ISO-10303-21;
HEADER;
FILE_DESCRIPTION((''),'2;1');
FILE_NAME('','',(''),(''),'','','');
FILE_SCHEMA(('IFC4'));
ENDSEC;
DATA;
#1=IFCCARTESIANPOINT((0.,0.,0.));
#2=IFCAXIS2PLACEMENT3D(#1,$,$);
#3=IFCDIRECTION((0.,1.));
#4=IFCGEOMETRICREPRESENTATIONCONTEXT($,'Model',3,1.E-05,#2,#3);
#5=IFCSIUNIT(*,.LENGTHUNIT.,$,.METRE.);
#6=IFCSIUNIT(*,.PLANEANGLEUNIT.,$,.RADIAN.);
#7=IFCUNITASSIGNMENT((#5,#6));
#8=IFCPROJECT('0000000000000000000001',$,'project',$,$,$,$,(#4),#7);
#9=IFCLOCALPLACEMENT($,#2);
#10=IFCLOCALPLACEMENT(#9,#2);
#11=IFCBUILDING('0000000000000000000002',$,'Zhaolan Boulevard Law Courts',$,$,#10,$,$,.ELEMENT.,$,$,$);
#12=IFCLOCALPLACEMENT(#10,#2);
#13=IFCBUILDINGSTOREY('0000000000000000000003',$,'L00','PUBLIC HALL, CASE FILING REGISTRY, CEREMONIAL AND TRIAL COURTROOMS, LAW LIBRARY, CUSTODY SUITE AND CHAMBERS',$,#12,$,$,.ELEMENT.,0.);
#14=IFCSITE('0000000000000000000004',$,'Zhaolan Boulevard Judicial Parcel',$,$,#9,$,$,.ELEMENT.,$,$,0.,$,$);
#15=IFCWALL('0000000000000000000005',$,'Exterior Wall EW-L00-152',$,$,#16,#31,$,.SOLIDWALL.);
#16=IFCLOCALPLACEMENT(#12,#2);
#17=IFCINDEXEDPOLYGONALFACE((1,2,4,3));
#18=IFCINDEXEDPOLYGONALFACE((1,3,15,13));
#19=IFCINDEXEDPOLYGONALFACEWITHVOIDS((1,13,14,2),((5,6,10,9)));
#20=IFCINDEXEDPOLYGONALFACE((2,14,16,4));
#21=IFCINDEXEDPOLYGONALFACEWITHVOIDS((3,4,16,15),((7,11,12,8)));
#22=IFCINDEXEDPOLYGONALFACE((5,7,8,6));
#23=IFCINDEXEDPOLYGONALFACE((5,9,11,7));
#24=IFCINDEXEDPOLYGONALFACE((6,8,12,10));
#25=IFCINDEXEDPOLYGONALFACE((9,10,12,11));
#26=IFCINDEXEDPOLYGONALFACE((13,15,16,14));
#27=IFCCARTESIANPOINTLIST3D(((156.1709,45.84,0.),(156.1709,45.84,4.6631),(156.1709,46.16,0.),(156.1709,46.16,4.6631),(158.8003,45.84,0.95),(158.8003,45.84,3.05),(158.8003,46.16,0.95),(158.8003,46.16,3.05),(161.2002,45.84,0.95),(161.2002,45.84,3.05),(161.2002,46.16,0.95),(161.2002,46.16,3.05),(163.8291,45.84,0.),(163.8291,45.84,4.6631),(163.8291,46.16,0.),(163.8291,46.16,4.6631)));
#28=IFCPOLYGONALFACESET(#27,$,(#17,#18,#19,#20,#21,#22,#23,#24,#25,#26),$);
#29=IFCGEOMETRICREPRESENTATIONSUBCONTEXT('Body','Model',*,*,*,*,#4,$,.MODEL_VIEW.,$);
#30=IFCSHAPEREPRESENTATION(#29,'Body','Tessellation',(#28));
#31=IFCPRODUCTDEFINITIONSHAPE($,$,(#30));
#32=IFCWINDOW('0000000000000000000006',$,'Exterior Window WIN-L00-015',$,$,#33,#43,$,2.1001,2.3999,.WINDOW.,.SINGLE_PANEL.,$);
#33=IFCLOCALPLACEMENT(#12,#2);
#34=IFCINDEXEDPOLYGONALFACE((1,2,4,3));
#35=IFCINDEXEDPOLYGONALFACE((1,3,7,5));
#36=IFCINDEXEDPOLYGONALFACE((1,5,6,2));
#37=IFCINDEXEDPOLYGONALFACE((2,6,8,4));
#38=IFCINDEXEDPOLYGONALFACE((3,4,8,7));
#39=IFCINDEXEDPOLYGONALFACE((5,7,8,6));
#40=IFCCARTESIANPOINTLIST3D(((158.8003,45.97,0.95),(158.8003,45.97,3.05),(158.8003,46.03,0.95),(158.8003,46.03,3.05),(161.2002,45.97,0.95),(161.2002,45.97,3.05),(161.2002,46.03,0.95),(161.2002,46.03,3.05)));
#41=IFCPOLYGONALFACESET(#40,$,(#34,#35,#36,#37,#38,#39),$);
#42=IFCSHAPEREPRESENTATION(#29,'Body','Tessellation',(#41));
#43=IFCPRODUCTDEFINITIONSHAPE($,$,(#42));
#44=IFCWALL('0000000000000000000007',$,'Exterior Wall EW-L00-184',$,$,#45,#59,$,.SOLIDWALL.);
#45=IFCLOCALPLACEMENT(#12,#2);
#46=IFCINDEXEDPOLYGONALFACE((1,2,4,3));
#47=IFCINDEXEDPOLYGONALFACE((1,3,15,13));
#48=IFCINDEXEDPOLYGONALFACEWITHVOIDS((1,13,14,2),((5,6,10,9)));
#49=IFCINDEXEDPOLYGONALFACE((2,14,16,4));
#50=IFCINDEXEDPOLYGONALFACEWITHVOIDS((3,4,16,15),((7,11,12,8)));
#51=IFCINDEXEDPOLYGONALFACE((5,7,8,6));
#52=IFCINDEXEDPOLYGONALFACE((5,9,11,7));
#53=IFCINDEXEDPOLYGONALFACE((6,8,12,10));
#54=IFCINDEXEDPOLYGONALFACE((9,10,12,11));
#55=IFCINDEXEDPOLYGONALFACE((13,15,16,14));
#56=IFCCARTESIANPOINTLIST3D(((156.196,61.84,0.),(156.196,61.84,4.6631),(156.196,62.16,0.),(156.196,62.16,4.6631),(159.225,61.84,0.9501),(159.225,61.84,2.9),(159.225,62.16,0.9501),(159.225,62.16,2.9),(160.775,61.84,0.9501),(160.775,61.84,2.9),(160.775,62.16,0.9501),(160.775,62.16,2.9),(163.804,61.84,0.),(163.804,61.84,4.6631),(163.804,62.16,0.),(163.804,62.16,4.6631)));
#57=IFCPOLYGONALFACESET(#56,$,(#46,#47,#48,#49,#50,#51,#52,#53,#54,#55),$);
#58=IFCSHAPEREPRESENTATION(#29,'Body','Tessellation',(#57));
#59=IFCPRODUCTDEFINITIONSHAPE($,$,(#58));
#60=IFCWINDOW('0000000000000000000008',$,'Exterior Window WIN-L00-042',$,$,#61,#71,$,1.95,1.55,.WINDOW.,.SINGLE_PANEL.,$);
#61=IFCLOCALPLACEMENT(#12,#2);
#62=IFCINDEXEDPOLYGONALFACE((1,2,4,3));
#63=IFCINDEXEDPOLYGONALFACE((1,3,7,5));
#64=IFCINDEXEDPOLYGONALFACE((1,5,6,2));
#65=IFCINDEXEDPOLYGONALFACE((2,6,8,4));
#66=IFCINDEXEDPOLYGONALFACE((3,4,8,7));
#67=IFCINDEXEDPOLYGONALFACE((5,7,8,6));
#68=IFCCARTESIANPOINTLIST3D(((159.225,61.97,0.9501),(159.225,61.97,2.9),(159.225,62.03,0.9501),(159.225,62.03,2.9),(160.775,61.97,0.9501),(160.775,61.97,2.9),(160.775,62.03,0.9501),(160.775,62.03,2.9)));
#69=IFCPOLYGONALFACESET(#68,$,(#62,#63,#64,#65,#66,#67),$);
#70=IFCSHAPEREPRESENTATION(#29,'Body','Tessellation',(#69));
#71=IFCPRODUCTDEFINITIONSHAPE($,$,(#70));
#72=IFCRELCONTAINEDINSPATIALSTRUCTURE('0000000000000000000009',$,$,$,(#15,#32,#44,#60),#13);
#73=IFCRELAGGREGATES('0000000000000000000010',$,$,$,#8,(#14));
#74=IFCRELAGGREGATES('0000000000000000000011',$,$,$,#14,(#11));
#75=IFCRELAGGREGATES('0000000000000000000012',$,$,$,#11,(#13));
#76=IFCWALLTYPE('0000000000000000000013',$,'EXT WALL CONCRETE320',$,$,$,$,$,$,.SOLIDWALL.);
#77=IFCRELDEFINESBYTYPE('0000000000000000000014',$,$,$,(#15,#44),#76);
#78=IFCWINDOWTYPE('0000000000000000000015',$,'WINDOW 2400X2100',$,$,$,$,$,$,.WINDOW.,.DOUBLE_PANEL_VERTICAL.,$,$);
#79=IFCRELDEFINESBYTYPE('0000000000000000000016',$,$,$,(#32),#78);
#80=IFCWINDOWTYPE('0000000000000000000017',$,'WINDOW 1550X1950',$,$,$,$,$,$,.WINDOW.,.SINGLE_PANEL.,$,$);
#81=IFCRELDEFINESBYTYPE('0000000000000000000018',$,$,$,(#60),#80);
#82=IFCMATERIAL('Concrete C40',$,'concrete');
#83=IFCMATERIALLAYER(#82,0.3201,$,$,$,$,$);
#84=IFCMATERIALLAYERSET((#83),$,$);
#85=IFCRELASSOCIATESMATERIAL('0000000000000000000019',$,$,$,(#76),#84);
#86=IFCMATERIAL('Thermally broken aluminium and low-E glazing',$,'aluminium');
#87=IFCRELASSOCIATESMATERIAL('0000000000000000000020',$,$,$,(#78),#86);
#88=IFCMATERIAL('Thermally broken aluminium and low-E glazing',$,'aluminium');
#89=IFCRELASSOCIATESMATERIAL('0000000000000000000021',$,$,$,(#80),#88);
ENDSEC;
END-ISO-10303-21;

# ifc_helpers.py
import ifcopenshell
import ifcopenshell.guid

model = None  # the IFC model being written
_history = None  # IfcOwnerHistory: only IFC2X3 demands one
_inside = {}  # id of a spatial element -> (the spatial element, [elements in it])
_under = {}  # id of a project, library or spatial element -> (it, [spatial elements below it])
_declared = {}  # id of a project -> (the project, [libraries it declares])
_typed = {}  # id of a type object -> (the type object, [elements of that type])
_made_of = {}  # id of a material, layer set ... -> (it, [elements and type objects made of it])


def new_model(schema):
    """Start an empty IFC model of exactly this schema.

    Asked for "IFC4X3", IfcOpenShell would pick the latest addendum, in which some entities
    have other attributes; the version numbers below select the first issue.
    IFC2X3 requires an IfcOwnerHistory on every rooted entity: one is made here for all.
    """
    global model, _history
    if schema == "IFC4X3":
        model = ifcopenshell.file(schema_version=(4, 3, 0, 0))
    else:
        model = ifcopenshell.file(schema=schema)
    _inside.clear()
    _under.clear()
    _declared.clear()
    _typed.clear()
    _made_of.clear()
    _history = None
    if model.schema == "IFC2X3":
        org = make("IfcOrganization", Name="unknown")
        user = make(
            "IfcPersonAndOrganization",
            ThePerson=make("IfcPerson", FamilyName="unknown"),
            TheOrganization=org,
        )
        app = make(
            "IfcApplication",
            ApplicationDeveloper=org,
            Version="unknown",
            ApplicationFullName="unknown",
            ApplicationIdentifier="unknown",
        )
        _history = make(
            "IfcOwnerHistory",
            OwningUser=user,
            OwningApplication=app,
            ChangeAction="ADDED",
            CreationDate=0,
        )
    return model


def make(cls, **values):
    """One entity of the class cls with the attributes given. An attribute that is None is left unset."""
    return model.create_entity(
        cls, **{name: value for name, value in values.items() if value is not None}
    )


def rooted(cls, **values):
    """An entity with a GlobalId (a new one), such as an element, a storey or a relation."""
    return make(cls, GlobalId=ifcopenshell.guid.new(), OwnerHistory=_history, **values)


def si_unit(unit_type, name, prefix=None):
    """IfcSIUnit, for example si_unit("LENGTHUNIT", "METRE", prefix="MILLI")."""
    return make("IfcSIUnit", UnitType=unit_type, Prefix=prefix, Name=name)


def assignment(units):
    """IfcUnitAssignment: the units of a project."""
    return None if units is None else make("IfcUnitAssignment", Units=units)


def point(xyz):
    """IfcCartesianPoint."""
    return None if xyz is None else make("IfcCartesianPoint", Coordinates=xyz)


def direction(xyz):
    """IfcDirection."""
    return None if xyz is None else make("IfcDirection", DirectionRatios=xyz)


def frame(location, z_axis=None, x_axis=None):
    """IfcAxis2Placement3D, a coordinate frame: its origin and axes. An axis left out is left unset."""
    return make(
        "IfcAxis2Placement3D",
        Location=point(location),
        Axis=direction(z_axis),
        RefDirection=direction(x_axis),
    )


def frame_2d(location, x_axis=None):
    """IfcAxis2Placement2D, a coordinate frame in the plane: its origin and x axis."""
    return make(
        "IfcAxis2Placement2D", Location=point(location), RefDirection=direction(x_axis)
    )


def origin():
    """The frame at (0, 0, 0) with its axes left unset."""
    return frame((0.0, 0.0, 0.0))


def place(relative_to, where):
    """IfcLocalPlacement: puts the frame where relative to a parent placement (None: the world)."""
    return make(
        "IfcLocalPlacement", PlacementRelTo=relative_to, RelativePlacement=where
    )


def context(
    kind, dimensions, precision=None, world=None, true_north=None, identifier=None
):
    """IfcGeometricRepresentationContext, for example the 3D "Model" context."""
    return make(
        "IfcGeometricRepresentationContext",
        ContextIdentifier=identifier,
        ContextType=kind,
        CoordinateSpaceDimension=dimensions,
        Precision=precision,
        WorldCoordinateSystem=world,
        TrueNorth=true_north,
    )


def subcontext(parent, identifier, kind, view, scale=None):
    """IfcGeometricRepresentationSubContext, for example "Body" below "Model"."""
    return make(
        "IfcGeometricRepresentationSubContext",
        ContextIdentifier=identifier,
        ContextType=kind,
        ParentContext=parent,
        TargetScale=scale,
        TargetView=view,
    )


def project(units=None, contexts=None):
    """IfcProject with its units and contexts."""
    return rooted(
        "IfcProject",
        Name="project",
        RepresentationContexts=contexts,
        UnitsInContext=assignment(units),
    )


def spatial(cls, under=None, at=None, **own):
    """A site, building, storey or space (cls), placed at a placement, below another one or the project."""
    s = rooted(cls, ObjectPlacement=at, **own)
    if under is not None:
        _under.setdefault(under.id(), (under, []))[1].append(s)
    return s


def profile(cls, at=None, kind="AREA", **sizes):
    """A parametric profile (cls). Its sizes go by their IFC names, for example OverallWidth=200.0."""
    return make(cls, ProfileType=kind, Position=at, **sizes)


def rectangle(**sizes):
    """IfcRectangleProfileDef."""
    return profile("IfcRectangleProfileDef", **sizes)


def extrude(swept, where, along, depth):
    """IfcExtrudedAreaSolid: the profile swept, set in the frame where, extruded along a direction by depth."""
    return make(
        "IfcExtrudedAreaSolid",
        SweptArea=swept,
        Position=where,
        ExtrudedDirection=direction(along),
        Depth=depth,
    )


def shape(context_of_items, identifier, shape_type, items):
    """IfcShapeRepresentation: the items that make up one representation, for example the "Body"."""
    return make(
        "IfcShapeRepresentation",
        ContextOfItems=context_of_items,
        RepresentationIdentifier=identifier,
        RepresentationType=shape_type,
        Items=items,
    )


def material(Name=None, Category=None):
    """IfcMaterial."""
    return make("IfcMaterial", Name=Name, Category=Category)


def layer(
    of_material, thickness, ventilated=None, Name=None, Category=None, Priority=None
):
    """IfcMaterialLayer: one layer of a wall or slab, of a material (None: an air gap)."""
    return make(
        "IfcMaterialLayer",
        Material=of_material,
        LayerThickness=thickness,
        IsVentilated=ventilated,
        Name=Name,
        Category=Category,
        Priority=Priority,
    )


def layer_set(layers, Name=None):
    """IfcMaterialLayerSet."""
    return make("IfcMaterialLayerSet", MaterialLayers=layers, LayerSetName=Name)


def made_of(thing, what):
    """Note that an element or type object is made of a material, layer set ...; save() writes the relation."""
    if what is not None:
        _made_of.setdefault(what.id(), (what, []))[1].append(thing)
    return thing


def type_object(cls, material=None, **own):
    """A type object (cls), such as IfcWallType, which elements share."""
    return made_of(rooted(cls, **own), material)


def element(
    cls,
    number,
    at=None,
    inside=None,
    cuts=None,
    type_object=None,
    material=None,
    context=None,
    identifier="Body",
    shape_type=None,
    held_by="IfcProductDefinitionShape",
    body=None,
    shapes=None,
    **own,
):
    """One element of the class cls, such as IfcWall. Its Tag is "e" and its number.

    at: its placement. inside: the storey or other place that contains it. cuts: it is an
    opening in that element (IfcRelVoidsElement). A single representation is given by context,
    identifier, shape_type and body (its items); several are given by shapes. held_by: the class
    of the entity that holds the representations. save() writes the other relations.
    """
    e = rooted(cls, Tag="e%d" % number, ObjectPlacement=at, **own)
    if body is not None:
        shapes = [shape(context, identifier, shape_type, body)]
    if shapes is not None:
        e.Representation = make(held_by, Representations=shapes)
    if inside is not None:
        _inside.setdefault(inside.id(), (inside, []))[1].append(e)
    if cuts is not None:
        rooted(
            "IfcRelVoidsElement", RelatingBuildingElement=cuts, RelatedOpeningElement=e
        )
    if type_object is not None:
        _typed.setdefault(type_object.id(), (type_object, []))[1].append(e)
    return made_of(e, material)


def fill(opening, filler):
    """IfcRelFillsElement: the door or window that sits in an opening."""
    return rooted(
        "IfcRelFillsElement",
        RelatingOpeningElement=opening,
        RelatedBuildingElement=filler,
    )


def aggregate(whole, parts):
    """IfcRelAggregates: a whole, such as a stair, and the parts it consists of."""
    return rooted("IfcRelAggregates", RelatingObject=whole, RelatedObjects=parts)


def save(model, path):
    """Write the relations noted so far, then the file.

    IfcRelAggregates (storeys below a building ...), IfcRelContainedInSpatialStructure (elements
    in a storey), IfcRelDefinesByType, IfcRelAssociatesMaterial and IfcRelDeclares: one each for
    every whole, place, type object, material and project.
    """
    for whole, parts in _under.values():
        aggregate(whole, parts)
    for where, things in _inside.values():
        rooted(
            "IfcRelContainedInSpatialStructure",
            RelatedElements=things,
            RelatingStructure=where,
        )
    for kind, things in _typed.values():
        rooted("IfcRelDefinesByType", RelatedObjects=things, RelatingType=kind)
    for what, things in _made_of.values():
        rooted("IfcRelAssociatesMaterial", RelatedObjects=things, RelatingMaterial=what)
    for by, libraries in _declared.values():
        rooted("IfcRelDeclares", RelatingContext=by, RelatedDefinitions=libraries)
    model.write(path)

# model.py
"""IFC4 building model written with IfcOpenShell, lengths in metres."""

from ifc_helpers import new_model, si_unit, direction, frame, frame_2d, origin, place, context, subcontext, project, spatial, rectangle, extrude, material, layer, layer_set, type_object, element, fill, save


model = new_model("IFC4")

# Units and contexts
model_context = context("Model", 3, precision=1e-05, world=origin(), true_north=direction((0.0, 1.0)))
body_context = subcontext(model_context, "Body", "Model", "MODEL_VIEW")
ifc_project = project(units=[si_unit("LENGTHUNIT", "METRE"), si_unit("PLANEANGLEUNIT", "RADIAN")], contexts=[model_context])

# Site, building, storey
site_placement = place(None, origin())
site = spatial("IfcSite", under=ifc_project, at=site_placement, Name="Zhaolan Boulevard Judicial Parcel", CompositionType="ELEMENT", RefElevation=0.0)
building_placement = place(site_placement, origin())
building = spatial("IfcBuilding", under=site, at=building_placement, Name="Zhaolan Boulevard Law Courts", CompositionType="ELEMENT")
storey_placement = place(building_placement, origin())
storey = spatial("IfcBuildingStorey", under=building, at=storey_placement, Name="L00", Description="PUBLIC HALL, CASE FILING REGISTRY, CEREMONIAL AND TRIAL COURTROOMS, LAW LIBRARY, CUSTODY SUITE AND CHAMBERS", CompositionType="ELEMENT", Elevation=0.0)

# Walls, openings, windows
ifc_material_1 = material(Name="Concrete C40", Category="concrete")
ifc_layer_1 = layer(ifc_material_1, 0.3201)
ifc_layer_set_1 = layer_set([ifc_layer_1])
wall_type_1 = type_object("IfcWallType", Name="EXT WALL CONCRETE320", PredefinedType="SOLIDWALL", material=ifc_layer_set_1)
wall_1_placement = place(storey_placement, frame((163.8291, 46.0, 0.0), z_axis=(0.0, 0.0, 1.0), x_axis=(-1.0, 0.0, 0.0)))
wall_1 = element("IfcWall", 1, at=wall_1_placement, inside=storey, type_object=wall_type_1, Name="Exterior Wall EW-L00-152", PredefinedType="SOLIDWALL", context=body_context, shape_type="SweptSolid", body=[
    extrude(rectangle(XDim=7.6582, YDim=0.3201, at=frame_2d((3.8291, 0.0))), origin(), (0.0, 0.0, 1.0), 4.6631),
])
opening_1_placement = place(wall_1_placement, frame((2.6289, 0.0, 0.95)))
opening_1 = element("IfcOpeningElement", 2, at=opening_1_placement, cuts=wall_1, PredefinedType="OPENING", context=body_context, shape_type="SweptSolid", body=[
    extrude(rectangle(XDim=2.3999, YDim=2.1001, at=frame_2d((1.2, 1.05))), frame((0.0, 0.1699, 0.0), z_axis=(0.0, -1.0, 0.0), x_axis=(1.0, 0.0, 0.0)), (0.0, 0.0, 1.0), 0.3401),
])
ifc_material_2 = material(Name="Thermally broken aluminium and low-E glazing", Category="aluminium")
window_type_1 = type_object("IfcWindowType", Name="WINDOW 2400X2100", PartitioningType="DOUBLE_PANEL_VERTICAL", PredefinedType="WINDOW", material=ifc_material_2)
window_1_placement = place(opening_1_placement, origin())
window_1 = element("IfcWindow", 3, at=window_1_placement, inside=storey, type_object=window_type_1, Name="Exterior Window WIN-L00-015", OverallHeight=2.1001, OverallWidth=2.3999, PartitioningType="SINGLE_PANEL", PredefinedType="WINDOW", context=body_context, shape_type="SweptSolid", body=[
    extrude(rectangle(XDim=2.3999, YDim=2.1001, at=frame_2d((1.2, 1.05))), frame((0.0, 0.03, 0.0), z_axis=(0.0, -1.0, 0.0), x_axis=(1.0, 0.0, 0.0)), (0.0, 0.0, 1.0), 0.0601),
])
fill(opening_1, window_1)
wall_2_placement = place(storey_placement, frame((156.196, 62.0, 0.0), z_axis=(0.0, 0.0, 1.0), x_axis=(1.0, 0.0, 0.0)))
wall_2 = element("IfcWall", 4, at=wall_2_placement, inside=storey, type_object=wall_type_1, Name="Exterior Wall EW-L00-184", PredefinedType="SOLIDWALL", context=body_context, shape_type="SweptSolid", body=[
    extrude(rectangle(XDim=7.6079, YDim=0.3201, at=frame_2d((3.804, 0.0))), origin(), (0.0, 0.0, 1.0), 4.6631),
])
opening_2_placement = place(wall_2_placement, frame((3.0291, 0.0, 0.95)))
opening_2 = element("IfcOpeningElement", 5, at=opening_2_placement, cuts=wall_2, PredefinedType="OPENING", context=body_context, shape_type="SweptSolid", body=[
    extrude(rectangle(XDim=1.55, YDim=1.95, at=frame_2d((0.7749, 0.9751))), frame((0.0, 0.1699, 0.0), z_axis=(0.0, -1.0, 0.0), x_axis=(1.0, 0.0, 0.0)), (0.0, 0.0, 1.0), 0.3401),
])
ifc_material_3 = material(Name="Thermally broken aluminium and low-E glazing", Category="aluminium")
window_type_2 = type_object("IfcWindowType", Name="WINDOW 1550X1950", PartitioningType="SINGLE_PANEL", PredefinedType="WINDOW", material=ifc_material_3)
window_2_placement = place(opening_2_placement, origin())
window_2 = element("IfcWindow", 6, at=window_2_placement, inside=storey, type_object=window_type_2, Name="Exterior Window WIN-L00-042", OverallHeight=1.95, OverallWidth=1.55, PartitioningType="SINGLE_PANEL", PredefinedType="WINDOW", context=body_context, shape_type="SweptSolid", body=[
    extrude(rectangle(XDim=1.55, YDim=1.95, at=frame_2d((0.7749, 0.9751))), frame((0.0, 0.03, 0.0), z_axis=(0.0, -1.0, 0.0), x_axis=(1.0, 0.0, 0.0)), (0.0, 0.0, 1.0), 0.0601),
])
fill(opening_2, window_2)

save(model, "model.ifc")
